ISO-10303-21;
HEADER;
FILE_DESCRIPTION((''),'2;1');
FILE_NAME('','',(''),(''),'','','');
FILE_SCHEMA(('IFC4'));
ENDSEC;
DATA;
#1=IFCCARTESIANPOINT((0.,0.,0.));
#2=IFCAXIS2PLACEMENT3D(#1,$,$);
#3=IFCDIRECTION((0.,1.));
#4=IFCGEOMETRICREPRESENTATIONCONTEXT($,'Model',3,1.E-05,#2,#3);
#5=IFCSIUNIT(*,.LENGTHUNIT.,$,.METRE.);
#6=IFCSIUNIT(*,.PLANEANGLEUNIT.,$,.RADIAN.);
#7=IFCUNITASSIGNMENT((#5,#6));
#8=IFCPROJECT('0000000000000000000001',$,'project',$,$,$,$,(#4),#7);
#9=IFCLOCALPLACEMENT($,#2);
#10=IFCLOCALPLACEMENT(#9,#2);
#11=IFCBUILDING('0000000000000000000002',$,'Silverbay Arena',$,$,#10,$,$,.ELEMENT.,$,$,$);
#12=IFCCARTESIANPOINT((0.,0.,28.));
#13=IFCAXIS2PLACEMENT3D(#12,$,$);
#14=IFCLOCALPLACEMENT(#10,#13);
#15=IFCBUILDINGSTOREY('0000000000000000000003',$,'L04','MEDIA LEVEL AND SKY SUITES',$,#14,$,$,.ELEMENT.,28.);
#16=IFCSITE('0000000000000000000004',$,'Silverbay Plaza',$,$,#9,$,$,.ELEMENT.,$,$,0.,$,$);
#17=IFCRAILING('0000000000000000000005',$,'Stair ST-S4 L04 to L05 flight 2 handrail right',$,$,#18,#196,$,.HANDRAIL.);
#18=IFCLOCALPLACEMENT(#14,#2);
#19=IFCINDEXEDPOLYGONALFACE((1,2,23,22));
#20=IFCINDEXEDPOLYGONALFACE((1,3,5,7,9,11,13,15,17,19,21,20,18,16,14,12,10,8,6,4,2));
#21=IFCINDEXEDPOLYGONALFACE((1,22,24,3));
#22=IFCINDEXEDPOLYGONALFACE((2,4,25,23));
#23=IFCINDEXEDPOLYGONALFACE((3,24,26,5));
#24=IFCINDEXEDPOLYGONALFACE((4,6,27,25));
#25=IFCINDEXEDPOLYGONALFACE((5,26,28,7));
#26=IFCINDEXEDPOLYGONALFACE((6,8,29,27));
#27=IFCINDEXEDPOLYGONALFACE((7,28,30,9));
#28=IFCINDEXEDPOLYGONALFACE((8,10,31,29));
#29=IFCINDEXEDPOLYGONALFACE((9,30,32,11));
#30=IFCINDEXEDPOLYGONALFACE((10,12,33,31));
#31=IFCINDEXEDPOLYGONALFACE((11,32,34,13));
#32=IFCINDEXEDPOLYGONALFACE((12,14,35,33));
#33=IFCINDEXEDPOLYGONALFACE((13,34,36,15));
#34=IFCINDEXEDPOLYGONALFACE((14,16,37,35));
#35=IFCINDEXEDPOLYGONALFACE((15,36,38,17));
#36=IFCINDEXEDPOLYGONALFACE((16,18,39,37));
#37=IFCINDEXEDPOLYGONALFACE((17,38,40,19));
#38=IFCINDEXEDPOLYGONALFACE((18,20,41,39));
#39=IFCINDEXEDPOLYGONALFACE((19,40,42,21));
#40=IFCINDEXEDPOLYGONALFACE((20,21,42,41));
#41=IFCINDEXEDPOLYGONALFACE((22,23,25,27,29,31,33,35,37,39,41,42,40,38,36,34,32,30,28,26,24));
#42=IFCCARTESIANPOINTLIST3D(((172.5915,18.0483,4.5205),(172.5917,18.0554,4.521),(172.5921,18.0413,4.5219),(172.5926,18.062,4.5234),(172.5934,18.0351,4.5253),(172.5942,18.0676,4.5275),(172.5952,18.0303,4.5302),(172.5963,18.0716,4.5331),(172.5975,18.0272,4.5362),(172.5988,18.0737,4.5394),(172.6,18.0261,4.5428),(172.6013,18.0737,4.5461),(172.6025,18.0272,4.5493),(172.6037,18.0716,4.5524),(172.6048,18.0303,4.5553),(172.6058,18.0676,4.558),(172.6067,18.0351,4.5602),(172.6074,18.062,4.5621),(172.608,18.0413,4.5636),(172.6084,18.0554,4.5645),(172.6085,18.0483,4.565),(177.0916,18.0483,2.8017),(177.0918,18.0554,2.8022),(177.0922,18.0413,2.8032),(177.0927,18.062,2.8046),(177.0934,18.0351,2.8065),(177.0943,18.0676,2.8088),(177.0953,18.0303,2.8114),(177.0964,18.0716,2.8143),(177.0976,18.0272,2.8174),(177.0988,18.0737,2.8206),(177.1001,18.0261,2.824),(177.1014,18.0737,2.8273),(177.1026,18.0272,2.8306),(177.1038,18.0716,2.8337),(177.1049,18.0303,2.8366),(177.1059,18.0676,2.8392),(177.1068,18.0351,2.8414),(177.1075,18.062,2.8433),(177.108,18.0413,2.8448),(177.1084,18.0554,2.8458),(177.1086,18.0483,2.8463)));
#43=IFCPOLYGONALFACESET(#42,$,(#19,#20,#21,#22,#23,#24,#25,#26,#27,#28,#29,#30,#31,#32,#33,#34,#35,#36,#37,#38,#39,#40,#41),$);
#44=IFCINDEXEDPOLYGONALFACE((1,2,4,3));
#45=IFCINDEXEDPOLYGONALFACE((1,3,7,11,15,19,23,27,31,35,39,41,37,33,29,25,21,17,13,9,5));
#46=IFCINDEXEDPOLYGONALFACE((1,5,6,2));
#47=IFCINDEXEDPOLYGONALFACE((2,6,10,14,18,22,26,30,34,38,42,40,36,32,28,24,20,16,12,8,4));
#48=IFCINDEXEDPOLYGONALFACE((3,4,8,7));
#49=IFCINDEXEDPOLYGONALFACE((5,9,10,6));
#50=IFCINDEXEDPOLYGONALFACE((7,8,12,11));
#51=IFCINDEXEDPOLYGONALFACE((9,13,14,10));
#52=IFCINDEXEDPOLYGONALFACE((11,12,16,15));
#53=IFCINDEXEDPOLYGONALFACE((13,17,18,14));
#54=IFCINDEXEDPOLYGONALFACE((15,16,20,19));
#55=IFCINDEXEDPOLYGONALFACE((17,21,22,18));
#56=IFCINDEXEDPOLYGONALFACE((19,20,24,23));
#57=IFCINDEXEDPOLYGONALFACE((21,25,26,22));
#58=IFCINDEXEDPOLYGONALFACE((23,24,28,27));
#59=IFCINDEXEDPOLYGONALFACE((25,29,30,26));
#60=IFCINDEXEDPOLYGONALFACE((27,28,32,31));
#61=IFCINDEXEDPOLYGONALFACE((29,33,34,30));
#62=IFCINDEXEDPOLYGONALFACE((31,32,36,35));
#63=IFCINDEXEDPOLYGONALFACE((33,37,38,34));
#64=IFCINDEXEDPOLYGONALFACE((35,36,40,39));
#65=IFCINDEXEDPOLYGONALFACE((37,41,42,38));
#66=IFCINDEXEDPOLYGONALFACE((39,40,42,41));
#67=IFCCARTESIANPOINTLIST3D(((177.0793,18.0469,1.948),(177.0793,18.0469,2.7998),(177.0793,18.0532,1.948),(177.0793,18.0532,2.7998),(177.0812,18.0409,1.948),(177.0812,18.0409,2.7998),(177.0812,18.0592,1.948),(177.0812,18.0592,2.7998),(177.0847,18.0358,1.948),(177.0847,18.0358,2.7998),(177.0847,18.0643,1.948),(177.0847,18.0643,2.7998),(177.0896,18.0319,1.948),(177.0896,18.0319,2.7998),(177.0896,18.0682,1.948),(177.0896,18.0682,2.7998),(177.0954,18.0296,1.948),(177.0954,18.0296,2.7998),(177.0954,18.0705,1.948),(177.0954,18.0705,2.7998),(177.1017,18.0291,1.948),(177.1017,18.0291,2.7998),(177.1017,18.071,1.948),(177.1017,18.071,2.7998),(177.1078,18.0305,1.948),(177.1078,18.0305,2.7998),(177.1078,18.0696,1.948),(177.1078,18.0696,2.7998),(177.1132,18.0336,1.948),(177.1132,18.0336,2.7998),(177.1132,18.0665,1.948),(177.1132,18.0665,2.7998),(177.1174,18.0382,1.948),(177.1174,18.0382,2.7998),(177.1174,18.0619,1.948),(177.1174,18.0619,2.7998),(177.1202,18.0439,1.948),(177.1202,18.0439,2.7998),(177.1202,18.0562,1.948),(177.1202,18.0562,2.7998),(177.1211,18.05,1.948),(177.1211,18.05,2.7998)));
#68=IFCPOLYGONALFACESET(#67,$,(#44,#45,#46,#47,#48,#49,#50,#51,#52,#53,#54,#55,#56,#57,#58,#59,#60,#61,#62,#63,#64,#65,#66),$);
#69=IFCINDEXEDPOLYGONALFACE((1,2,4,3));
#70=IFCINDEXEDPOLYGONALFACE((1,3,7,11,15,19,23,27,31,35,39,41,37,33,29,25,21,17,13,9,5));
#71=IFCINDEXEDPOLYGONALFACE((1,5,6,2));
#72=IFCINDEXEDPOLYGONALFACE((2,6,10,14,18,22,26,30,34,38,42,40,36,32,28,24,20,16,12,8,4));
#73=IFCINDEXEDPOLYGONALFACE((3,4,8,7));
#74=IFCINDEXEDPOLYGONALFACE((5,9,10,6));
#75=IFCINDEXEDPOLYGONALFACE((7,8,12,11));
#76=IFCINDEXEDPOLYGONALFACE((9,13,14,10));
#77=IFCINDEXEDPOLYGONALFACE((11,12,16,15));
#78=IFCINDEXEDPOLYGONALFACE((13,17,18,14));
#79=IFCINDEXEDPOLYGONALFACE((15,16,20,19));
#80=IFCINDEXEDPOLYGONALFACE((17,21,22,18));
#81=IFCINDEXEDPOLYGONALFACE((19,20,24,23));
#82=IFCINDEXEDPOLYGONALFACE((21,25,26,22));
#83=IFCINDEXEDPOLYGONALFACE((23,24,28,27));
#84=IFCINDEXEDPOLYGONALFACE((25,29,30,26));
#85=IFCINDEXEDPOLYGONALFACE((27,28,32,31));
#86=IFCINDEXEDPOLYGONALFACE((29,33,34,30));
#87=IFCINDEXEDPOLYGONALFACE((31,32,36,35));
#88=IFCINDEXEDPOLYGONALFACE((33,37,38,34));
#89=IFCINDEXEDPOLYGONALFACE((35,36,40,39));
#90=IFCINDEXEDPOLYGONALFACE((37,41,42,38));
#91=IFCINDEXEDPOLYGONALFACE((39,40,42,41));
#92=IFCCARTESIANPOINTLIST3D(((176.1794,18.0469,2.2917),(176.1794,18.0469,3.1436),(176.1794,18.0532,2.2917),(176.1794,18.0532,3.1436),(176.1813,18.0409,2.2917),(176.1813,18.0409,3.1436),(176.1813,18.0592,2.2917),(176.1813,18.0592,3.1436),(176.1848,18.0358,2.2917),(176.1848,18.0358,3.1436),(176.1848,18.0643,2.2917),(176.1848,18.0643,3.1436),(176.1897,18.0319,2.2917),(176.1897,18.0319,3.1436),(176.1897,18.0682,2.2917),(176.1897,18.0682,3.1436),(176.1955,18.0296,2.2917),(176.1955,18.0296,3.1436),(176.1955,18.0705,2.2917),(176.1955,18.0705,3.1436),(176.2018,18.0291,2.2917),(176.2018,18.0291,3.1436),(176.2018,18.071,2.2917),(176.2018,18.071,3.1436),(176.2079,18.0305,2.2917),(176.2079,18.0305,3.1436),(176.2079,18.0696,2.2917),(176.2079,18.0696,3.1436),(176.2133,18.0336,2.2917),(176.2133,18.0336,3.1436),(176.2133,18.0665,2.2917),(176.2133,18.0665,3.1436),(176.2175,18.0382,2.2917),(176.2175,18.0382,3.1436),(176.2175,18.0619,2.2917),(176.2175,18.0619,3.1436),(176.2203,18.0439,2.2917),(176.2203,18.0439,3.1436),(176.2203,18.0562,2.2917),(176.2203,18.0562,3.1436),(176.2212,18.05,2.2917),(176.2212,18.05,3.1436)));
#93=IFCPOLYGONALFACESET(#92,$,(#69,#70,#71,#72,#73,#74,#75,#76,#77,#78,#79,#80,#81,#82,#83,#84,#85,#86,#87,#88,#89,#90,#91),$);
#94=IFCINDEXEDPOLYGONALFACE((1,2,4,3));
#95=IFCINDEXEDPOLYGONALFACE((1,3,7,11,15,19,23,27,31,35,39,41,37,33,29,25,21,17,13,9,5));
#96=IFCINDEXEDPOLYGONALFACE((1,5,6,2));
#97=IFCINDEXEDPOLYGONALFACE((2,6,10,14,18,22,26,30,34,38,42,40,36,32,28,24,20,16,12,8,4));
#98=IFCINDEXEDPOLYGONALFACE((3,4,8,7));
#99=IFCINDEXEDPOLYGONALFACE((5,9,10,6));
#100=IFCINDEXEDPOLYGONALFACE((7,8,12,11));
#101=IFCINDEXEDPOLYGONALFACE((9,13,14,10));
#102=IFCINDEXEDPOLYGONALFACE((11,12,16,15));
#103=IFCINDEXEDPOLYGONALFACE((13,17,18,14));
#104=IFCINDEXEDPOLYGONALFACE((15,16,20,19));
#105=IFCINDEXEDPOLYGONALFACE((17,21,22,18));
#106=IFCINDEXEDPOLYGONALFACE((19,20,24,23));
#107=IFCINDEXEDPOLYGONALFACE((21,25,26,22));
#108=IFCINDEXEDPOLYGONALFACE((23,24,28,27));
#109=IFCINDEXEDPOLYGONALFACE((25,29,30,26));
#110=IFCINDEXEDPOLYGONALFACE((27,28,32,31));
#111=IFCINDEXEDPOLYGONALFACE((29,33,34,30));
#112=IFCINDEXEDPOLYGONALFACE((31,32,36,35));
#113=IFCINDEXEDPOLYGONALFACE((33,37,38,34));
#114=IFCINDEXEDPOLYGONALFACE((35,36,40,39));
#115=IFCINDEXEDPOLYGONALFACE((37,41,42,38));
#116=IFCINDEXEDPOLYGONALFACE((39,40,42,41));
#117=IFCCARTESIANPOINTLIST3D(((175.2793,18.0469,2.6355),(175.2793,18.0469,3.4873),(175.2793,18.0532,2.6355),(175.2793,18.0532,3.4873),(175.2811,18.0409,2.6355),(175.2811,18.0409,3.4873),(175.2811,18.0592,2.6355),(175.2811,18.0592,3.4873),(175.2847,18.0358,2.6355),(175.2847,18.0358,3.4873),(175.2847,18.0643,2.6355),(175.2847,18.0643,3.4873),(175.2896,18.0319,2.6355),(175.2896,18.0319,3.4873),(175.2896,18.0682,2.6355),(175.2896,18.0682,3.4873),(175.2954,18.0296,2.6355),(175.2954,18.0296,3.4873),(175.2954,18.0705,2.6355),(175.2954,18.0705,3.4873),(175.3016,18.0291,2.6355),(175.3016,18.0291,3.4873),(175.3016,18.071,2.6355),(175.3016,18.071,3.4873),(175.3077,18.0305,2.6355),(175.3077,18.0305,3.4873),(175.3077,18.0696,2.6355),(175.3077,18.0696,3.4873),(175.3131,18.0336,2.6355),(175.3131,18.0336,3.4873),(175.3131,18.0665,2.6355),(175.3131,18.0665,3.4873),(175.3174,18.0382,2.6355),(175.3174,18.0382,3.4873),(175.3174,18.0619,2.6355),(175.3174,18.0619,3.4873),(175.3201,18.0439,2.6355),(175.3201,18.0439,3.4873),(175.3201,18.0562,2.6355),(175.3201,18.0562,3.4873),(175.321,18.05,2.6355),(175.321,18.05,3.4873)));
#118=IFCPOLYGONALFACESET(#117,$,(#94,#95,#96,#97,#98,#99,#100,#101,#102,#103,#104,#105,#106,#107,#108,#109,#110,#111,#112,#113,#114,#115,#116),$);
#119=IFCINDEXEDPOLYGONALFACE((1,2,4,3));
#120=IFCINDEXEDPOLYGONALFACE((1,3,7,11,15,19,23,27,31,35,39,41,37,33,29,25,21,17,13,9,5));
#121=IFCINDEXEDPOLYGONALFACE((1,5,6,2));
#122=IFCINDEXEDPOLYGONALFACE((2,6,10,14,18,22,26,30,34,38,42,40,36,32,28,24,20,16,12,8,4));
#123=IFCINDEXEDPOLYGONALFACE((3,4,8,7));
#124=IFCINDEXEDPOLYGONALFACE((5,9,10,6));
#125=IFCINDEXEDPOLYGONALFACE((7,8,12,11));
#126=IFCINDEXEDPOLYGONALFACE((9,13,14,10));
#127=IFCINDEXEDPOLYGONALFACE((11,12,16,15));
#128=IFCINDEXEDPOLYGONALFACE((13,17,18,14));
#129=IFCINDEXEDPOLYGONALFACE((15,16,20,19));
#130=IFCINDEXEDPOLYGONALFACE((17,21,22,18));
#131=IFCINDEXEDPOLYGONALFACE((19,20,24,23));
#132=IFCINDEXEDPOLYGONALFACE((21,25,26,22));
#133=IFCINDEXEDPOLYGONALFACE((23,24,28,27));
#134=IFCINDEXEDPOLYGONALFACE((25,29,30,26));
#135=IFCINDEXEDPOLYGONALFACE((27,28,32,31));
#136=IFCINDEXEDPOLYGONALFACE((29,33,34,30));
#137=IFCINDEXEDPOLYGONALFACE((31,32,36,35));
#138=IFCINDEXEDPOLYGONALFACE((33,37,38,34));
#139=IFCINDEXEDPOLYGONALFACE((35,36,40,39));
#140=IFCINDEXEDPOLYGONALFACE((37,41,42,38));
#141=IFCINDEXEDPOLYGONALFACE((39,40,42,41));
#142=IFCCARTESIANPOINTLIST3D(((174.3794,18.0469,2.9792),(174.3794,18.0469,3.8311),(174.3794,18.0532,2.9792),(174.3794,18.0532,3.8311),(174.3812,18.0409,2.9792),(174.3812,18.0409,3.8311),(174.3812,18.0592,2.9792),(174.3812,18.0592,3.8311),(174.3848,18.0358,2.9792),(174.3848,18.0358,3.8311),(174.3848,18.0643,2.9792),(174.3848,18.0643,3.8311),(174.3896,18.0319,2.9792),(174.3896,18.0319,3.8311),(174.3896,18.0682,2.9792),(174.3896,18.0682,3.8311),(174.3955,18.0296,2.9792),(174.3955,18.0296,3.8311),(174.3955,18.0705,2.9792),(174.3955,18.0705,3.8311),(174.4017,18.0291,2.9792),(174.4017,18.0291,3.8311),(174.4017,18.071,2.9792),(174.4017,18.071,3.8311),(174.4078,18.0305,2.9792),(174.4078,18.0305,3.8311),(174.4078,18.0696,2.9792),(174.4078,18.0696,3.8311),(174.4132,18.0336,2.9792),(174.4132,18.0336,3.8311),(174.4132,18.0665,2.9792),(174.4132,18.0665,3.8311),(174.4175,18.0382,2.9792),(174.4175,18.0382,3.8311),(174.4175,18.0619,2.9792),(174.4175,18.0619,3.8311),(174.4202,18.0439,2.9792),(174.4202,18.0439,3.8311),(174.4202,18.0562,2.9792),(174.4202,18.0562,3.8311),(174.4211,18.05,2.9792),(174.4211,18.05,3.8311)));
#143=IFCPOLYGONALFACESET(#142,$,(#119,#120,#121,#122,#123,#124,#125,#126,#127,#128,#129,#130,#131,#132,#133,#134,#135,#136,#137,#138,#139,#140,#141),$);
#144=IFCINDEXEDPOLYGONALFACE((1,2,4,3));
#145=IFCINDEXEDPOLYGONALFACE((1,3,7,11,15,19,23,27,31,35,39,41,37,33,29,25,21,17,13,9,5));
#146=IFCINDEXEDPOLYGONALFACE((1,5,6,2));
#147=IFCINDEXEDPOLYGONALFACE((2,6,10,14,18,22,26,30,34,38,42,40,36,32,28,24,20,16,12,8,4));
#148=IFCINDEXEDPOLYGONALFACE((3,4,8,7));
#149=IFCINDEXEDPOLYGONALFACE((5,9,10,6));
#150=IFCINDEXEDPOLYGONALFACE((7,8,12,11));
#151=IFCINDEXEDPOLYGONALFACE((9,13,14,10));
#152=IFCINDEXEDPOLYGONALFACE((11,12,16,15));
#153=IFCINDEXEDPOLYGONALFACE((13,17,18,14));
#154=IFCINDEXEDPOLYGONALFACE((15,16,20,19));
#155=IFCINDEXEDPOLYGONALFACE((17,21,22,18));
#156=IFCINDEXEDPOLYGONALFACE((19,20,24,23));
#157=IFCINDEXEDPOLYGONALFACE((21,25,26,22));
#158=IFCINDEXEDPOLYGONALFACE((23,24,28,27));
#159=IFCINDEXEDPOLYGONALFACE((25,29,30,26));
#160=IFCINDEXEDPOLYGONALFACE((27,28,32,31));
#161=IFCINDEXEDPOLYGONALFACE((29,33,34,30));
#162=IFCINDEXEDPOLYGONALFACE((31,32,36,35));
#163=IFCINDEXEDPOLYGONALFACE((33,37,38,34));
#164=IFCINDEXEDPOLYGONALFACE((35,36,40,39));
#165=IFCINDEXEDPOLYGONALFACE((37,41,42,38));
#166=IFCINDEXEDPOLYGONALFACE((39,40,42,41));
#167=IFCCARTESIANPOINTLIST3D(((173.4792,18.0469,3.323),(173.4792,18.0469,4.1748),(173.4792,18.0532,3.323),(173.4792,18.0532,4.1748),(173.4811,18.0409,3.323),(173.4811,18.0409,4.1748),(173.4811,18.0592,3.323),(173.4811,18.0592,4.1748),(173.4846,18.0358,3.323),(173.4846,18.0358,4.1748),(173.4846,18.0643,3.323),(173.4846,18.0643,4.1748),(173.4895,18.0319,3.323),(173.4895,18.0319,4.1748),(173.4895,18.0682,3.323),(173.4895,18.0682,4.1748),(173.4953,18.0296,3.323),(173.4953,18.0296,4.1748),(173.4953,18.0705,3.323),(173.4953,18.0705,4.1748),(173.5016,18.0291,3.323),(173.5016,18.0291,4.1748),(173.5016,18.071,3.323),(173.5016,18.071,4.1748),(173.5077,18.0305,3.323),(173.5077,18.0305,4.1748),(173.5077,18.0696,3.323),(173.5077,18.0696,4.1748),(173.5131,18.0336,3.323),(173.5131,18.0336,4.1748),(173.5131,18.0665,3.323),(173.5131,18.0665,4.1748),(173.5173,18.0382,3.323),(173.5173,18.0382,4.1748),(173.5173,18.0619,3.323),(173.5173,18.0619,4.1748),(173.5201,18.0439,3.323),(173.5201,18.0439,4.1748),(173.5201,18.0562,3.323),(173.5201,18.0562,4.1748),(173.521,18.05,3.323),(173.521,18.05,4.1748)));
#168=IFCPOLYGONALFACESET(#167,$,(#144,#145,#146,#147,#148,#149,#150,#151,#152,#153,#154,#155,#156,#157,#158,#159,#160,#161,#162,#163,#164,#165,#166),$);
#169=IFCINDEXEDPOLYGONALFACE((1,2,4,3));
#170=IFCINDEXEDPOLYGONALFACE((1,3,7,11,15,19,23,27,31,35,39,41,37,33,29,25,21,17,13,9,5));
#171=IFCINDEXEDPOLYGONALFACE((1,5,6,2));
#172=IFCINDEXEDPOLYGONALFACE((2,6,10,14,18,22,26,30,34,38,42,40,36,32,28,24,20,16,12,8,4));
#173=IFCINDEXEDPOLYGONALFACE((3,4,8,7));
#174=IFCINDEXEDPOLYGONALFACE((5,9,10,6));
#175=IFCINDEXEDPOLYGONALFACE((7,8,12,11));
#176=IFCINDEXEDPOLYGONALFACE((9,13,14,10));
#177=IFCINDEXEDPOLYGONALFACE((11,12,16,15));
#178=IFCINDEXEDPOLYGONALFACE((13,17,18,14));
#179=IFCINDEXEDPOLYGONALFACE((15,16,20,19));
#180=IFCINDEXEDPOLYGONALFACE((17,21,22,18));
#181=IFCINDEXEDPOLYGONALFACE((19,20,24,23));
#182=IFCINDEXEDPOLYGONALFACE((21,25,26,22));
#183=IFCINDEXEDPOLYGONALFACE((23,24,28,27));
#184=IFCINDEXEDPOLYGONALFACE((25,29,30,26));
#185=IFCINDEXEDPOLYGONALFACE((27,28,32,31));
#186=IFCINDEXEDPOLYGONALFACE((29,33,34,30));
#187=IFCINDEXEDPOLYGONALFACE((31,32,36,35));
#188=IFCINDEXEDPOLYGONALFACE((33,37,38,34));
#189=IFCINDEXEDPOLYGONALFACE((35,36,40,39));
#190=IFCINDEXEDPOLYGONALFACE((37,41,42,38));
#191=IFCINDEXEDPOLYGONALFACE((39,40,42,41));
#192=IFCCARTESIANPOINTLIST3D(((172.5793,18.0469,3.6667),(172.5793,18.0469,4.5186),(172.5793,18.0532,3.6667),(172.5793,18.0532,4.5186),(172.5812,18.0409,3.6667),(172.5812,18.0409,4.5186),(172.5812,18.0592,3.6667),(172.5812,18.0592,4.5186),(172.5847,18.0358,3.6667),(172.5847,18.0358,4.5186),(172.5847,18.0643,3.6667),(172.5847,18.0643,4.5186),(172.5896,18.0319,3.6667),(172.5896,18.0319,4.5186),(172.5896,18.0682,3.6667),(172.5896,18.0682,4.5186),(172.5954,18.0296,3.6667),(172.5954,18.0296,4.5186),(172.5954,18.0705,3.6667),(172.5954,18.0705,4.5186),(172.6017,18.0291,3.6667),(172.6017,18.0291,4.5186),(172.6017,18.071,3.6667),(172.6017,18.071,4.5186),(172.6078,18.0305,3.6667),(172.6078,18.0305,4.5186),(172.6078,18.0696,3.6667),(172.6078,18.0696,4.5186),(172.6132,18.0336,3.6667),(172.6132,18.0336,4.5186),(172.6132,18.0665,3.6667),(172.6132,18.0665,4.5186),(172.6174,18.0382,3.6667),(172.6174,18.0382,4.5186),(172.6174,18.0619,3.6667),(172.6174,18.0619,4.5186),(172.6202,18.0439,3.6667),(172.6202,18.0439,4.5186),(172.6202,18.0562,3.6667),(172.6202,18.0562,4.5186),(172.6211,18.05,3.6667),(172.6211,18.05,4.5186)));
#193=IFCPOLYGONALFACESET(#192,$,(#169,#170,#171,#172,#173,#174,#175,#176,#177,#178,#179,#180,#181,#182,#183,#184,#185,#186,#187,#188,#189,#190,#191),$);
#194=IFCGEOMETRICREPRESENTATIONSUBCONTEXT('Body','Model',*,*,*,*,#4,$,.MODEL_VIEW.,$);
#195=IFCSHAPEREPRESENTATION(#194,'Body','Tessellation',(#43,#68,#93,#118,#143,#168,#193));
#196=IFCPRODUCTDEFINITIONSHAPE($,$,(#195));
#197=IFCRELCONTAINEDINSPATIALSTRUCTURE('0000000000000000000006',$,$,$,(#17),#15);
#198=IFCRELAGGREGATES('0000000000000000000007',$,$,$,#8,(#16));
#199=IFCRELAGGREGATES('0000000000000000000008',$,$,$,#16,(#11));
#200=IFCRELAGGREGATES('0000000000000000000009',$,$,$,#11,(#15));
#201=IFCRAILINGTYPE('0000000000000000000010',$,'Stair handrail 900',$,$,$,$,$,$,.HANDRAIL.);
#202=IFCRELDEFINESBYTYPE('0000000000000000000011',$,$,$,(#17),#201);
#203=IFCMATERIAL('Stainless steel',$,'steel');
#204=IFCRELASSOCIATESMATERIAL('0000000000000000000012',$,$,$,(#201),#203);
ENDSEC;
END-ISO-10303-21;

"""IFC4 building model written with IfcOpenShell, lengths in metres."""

from ifc_helpers import new_model, si_unit, direction, frame, origin, origin_2d, place, context, subcontext, project, spatial, circle, extrude, material, type_object, element, save


model = new_model("IFC4")

# Units and contexts
model_context = context("Model", 3, precision=1e-05, world=origin(), true_north=direction((0.0, 1.0)))
body_context = subcontext(model_context, "Body", "Model", "MODEL_VIEW")
ifc_project = project(units=[si_unit("LENGTHUNIT", "METRE"), si_unit("PLANEANGLEUNIT", "RADIAN")], contexts=[model_context])

# Site, building, storey
site_placement = place(None, origin())
site = spatial("IfcSite", under=ifc_project, at=site_placement, Name="Silverbay Plaza", CompositionType="ELEMENT", RefElevation=0.0)
building_placement = place(site_placement, origin())
building = spatial("IfcBuilding", under=site, at=building_placement, Name="Silverbay Arena", CompositionType="ELEMENT")
storey_placement = place(building_placement, frame((0.0, 0.0, 28.0)))
storey = spatial("IfcBuildingStorey", under=building, at=storey_placement, Name="L04", Description="MEDIA LEVEL AND SKY SUITES", CompositionType="ELEMENT", Elevation=28.0)

# Railing
ifc_material_1 = material(Name="Stainless steel", Category="steel")
railing_type_1 = type_object("IfcRailingType", Name="Stair handrail 900", PredefinedType="HANDRAIL", material=ifc_material_1)
for number, where, name in (
    (1, (177.1001, 18.05, 1.948), "Stair ST-S4 L04 to L05 flight 2 handrail right"),
):
    element("IfcRailing", number, at=place(storey_placement, frame(where)), inside=storey, type_object=railing_type_1, Name=name, PredefinedType="HANDRAIL", context=body_context, shape_type="SweptSolid", body=[
        extrude(circle(Radius=0.0239, at=origin_2d()), frame((0.0, 0.0, 0.876), z_axis=(-0.934179, 0.0, 0.356805), x_axis=(0.0, -1.0, 0.0)), (0.0, 0.0, 1.0), 4.8171),
        extrude(circle(Radius=0.021, at=origin_2d()), origin(), (0.0, 0.0, 1.0), 0.8518),
        extrude(circle(Radius=0.021, at=origin_2d()), frame((-0.8999, 0.0, 0.3438)), (0.0, 0.0, 1.0), 0.8518),
        extrude(circle(Radius=0.021, at=origin_2d()), frame((-1.8, 0.0, 0.6875)), (0.0, 0.0, 1.0), 0.8518),
        extrude(circle(Radius=0.021, at=origin_2d()), frame((-2.7, 0.0, 1.0312)), (0.0, 0.0, 1.0), 0.8518),
        extrude(circle(Radius=0.021, at=origin_2d()), frame((-3.6001, 0.0, 1.375)), (0.0, 0.0, 1.0), 0.8518),
        extrude(circle(Radius=0.021, at=origin_2d()), frame((-4.5, 0.0, 1.7188)), (0.0, 0.0, 1.0), 0.8518),
    ])

save(model, "model.ifc")
